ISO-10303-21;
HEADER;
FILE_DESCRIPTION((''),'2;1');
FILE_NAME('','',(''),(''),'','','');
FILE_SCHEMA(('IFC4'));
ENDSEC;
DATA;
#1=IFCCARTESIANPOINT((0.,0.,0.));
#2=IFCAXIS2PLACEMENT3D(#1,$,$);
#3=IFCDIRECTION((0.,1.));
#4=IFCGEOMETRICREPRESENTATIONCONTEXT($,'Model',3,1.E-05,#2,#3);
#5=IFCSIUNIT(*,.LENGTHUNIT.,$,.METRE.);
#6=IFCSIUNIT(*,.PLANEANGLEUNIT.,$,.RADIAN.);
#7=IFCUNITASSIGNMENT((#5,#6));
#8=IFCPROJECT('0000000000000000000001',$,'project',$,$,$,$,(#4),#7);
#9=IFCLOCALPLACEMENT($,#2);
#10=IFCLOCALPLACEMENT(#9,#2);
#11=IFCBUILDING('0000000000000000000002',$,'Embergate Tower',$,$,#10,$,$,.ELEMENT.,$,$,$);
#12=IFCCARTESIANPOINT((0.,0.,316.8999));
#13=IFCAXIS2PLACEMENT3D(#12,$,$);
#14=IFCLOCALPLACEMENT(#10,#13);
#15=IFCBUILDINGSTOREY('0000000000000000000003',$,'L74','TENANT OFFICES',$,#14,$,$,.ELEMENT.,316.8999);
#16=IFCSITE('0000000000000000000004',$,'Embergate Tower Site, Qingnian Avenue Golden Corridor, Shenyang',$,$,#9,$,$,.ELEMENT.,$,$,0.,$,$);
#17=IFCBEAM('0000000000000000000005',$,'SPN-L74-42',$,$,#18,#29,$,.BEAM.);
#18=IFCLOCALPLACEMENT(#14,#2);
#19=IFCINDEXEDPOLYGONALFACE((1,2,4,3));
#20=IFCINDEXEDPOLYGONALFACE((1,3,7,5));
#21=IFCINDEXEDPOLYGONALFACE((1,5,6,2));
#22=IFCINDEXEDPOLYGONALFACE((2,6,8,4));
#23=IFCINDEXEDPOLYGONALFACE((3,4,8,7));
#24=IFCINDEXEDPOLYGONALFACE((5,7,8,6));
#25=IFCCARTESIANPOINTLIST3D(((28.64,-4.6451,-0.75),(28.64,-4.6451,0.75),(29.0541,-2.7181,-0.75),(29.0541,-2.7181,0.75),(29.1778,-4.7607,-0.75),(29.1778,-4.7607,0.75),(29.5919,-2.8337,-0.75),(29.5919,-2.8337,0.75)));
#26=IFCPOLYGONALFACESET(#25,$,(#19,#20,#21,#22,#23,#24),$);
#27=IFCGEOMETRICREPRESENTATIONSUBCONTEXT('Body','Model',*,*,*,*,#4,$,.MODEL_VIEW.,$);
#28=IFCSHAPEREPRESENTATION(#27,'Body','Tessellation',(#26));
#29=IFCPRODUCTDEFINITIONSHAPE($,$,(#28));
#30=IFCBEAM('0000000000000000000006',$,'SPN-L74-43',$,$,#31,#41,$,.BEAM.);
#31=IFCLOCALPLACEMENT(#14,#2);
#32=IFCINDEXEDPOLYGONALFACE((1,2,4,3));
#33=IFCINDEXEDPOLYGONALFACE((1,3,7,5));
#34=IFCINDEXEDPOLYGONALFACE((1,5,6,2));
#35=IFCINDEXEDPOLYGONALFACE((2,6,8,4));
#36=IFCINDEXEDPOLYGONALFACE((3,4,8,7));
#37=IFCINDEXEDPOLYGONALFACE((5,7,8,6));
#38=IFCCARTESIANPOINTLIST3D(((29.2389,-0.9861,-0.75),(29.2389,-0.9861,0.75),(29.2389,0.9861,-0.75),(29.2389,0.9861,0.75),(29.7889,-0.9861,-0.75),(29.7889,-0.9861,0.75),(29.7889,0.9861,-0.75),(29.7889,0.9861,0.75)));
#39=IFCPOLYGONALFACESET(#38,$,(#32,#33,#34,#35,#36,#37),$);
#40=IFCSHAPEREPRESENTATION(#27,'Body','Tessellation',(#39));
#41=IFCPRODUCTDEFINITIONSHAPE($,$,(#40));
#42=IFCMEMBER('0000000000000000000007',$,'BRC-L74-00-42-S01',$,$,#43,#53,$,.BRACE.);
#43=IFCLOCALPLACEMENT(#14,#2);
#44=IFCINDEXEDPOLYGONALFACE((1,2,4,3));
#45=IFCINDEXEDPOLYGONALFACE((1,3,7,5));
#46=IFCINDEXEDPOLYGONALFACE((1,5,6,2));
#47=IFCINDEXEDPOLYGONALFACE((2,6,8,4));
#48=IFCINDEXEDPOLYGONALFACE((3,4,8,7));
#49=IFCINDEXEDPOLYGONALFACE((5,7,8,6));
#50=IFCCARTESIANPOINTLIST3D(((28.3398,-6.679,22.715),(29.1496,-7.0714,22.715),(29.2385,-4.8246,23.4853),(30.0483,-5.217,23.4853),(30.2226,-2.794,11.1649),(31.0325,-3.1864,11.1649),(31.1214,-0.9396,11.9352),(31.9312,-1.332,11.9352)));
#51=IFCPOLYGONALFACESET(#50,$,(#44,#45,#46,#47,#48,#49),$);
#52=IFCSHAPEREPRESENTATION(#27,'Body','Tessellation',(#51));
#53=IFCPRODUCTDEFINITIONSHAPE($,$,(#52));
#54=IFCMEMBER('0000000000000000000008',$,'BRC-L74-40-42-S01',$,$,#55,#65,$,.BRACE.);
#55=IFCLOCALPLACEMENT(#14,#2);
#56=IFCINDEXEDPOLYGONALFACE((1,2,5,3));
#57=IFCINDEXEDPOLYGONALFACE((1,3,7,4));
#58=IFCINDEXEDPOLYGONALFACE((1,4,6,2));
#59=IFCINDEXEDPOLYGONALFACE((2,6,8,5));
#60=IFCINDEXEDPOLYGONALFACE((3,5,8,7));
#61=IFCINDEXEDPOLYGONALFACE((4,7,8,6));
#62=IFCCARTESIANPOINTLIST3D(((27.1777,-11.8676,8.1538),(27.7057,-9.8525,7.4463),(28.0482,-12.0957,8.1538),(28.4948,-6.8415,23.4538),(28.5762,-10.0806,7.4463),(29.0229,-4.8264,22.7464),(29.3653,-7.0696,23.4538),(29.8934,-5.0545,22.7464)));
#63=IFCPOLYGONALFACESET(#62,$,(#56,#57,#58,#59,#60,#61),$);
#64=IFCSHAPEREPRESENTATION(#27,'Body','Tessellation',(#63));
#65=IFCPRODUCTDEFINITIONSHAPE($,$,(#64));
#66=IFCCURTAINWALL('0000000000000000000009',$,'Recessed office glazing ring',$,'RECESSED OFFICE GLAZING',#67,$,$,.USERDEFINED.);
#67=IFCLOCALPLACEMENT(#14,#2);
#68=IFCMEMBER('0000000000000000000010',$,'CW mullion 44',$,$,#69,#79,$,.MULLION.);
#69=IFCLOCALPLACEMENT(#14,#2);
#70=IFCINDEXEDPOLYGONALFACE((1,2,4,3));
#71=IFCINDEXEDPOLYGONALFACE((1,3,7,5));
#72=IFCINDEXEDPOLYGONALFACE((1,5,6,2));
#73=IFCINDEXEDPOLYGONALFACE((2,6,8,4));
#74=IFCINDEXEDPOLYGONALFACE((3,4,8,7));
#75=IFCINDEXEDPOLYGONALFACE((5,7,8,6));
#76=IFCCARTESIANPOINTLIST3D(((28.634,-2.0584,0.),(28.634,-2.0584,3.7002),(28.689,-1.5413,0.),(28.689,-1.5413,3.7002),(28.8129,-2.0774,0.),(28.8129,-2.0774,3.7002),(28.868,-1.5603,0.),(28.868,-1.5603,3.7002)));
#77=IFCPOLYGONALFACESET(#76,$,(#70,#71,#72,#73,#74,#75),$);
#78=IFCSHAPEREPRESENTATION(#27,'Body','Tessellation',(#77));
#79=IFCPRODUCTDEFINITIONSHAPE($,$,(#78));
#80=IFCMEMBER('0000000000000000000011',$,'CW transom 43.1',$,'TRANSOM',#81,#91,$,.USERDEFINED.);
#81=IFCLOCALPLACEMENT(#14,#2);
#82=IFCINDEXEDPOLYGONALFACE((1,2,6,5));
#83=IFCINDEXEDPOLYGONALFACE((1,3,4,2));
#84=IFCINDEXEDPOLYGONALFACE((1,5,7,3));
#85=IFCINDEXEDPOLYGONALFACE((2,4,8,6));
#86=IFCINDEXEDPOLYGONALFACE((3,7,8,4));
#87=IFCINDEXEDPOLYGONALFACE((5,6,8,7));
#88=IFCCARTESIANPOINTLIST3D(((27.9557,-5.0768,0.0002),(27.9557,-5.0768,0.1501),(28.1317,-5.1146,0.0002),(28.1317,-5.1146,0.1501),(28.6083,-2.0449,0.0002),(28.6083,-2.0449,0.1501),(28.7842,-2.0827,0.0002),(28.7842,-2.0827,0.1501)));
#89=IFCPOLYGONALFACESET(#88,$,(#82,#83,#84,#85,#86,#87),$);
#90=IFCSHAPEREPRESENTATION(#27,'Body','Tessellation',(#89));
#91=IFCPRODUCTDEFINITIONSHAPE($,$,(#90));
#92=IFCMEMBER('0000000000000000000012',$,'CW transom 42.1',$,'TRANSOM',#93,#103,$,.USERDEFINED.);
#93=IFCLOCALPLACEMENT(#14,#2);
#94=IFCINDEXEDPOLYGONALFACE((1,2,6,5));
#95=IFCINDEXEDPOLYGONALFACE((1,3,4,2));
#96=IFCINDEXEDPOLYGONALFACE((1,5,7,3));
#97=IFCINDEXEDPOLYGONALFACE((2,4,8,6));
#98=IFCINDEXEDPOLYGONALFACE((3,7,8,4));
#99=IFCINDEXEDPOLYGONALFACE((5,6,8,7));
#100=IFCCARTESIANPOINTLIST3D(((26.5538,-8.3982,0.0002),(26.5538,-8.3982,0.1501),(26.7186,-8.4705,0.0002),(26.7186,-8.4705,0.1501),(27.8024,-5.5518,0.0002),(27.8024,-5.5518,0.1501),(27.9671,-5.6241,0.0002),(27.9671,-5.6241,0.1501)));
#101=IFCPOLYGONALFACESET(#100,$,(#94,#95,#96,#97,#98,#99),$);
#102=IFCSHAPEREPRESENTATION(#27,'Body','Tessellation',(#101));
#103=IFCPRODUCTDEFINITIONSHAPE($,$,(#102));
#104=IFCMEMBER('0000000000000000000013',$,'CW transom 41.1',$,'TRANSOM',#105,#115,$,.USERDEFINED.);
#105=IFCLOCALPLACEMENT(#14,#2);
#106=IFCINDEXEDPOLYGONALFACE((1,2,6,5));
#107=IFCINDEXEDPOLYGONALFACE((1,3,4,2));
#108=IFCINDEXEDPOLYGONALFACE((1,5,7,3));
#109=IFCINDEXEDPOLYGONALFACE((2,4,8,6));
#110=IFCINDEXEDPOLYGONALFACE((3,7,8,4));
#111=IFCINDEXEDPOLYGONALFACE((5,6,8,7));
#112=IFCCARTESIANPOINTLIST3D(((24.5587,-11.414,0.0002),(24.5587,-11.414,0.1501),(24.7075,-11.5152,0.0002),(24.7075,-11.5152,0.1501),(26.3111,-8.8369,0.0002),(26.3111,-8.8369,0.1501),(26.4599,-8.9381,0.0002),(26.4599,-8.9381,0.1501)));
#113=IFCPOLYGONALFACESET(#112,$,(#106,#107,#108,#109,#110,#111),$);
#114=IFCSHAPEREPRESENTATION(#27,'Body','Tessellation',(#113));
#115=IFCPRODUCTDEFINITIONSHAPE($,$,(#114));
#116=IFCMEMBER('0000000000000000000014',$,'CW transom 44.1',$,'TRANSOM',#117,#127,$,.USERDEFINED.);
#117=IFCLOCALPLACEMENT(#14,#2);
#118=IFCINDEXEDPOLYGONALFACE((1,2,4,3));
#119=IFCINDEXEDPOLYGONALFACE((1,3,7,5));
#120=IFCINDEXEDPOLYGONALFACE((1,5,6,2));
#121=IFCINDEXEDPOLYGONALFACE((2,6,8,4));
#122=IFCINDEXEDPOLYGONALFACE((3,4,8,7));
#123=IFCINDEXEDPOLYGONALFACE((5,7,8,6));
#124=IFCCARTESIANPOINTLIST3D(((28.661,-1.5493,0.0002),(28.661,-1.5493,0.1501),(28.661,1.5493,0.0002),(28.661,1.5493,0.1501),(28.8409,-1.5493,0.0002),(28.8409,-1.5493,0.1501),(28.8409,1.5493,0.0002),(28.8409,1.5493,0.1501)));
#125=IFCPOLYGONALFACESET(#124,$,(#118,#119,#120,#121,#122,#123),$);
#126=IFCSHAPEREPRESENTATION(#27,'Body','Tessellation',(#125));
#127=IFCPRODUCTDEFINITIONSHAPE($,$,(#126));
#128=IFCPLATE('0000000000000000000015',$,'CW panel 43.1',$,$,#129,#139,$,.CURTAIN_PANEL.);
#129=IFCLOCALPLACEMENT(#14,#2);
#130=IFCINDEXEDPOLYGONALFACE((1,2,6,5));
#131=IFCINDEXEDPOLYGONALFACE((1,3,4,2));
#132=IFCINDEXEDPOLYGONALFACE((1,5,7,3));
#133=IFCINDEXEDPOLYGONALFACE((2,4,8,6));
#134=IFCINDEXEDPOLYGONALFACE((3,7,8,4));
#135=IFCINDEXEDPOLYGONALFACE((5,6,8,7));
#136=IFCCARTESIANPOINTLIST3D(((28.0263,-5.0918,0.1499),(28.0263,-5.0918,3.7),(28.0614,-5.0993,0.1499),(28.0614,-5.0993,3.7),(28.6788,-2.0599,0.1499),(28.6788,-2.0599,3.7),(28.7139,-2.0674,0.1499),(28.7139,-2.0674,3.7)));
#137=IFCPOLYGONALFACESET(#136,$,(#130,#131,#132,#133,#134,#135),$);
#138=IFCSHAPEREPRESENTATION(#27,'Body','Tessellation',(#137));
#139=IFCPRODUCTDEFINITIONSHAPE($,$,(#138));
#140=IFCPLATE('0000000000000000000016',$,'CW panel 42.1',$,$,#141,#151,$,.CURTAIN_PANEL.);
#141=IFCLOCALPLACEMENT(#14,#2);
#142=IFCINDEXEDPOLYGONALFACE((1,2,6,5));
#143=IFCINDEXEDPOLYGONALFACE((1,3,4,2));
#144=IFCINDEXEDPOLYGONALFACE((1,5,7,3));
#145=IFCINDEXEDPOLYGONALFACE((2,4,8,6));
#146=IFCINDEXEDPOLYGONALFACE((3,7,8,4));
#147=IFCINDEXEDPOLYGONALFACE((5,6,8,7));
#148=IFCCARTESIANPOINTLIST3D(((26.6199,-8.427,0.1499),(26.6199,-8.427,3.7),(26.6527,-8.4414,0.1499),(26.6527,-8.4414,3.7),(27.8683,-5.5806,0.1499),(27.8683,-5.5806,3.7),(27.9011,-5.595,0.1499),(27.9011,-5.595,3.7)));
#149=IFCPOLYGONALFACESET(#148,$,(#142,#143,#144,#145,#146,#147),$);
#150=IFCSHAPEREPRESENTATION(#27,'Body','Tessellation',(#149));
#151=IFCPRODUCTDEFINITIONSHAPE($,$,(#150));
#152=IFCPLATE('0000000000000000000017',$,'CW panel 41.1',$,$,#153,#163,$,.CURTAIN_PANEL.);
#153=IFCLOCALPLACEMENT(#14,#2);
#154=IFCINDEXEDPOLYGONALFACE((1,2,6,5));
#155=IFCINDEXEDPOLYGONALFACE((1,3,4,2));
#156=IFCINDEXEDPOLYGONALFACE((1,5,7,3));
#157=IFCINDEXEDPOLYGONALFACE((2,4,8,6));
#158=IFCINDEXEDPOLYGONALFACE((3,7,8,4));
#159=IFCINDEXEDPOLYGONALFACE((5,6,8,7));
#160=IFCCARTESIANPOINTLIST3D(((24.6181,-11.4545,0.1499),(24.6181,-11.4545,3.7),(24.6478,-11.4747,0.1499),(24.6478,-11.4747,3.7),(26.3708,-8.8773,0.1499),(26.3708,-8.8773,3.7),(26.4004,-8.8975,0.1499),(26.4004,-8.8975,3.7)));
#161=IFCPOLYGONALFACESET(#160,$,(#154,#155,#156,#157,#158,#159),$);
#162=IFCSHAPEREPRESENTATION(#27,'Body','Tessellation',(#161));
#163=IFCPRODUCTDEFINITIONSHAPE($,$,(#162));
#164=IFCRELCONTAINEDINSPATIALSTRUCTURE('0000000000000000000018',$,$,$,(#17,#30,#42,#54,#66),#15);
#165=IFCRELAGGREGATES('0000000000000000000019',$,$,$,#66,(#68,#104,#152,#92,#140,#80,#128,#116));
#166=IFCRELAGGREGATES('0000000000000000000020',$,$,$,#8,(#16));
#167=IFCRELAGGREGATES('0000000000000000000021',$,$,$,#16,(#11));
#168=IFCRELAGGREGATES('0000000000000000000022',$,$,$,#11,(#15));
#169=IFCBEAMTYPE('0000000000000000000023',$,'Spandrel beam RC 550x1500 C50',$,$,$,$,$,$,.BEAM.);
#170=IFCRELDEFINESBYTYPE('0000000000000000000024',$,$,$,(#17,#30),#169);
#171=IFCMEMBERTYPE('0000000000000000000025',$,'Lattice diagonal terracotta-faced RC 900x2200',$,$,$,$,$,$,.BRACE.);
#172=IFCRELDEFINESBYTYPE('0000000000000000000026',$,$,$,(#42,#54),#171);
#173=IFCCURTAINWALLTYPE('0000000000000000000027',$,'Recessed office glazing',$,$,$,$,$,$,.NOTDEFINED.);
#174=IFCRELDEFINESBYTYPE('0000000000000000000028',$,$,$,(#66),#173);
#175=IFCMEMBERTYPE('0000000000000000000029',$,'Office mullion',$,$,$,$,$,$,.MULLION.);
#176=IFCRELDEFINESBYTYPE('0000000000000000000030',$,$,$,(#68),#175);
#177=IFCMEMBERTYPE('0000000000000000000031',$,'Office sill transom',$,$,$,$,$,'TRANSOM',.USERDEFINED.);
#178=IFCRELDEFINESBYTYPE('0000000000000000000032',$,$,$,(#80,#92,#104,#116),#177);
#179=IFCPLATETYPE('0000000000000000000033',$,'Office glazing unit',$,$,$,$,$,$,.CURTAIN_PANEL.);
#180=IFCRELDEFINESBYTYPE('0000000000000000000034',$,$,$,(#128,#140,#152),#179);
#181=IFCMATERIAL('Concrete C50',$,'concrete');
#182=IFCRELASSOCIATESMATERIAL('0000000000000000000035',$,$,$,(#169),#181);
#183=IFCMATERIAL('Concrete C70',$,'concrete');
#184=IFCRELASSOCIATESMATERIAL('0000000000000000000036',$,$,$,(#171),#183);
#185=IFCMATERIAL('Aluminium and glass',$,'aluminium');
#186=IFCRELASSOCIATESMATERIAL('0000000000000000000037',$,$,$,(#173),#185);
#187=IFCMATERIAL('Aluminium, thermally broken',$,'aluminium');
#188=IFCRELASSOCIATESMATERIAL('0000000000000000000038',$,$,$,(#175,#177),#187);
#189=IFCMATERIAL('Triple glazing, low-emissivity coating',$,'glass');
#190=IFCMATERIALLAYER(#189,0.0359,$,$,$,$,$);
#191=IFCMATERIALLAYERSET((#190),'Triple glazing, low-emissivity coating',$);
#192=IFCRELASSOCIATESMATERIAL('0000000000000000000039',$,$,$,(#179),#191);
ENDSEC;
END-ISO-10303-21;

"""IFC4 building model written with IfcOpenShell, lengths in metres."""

from ifc_helpers import new_model, si_unit, direction, frame, origin, origin_2d, place, context, subcontext, project, spatial, rectangle, extrude, source, transform, mapped, material, layer, layer_set, material_profile, profile_set, type_object, element, aggregate, save


model = new_model("IFC4")

# Units and contexts
model_context = context("Model", 3, precision=1e-05, world=origin(), true_north=direction((0.0, 1.0)))
body_context = subcontext(model_context, "Body", "Model", "MODEL_VIEW")
ifc_project = project(units=[si_unit("LENGTHUNIT", "METRE"), si_unit("PLANEANGLEUNIT", "RADIAN")], contexts=[model_context])

# Site, building, storey
site_placement = place(None, origin())
site = spatial("IfcSite", under=ifc_project, at=site_placement, Name="Embergate Tower Site, Qingnian Avenue Golden Corridor, Shenyang", CompositionType="ELEMENT", RefElevation=0.0)
building_placement = place(site_placement, origin())
building = spatial("IfcBuilding", under=site, at=building_placement, Name="Embergate Tower", CompositionType="ELEMENT")
storey_placement = place(building_placement, frame((0.0, 0.0, 316.8999)))
storey = spatial("IfcBuildingStorey", under=building, at=storey_placement, Name="L74", Description="TENANT OFFICES", CompositionType="ELEMENT", Elevation=316.8999)

# Beams
ifc_material_1 = material(Name="Concrete C50", Category="concrete")
ifc_material_profile_1 = material_profile(ifc_material_1, rectangle(XDim=0.55, YDim=1.5, at=origin_2d()), Name="RC 550x1500")
ifc_profile_set_1 = profile_set([ifc_material_profile_1], Name="Concrete C50")
beam_type = type_object("IfcBeamType", Name="Spandrel beam RC 550x1500 C50", PredefinedType="BEAM", material=ifc_profile_set_1)
shared_shape_1 = source(origin(), body_context, "Body", "SweptSolid", [
    extrude(rectangle(XDim=0.55, YDim=1.5, at=origin_2d()), origin(), (0.0, 0.0, 1.0), 1.9709),
])
beam_1_placement = place(storey_placement, frame((28.9089, -4.7029, 0.0), z_axis=(0.210079, 0.977684, 0.0), x_axis=(-0.977684, 0.210079, 0.0)))
element("IfcBeam", 1, at=beam_1_placement, inside=storey, type_object=beam_type, Name="SPN-L74-42", PredefinedType="BEAM", context=body_context, shape_type="MappedRepresentation", body=[
    mapped(shared_shape_1, transform((0.0, 0.0, 0.0))),
])
shared_shape_2 = source(origin(), body_context, "Body", "SweptSolid", [
    extrude(rectangle(XDim=0.55, YDim=1.5, at=origin_2d()), origin(), (0.0, 0.0, 1.0), 1.9722),
])
beam_2_placement = place(storey_placement, frame((29.5139, -0.9861, 0.0), z_axis=(0.0, 1.0, 0.0), x_axis=(-1.0, 0.0, 0.0)))
element("IfcBeam", 2, at=beam_2_placement, inside=storey, type_object=beam_type, Name="SPN-L74-43", PredefinedType="BEAM", context=body_context, shape_type="MappedRepresentation", body=[
    mapped(shared_shape_2, transform((0.0, 0.0, 0.0))),
])

# Members
ifc_material_2 = material(Name="Concrete C70", Category="concrete")
ifc_material_profile_2 = material_profile(ifc_material_2, rectangle(XDim=0.8999, YDim=2.2, at=origin_2d()), Name="RC 900x2200")
ifc_profile_set_2 = profile_set([ifc_material_profile_2], Name="Concrete C70")
member_type_1 = type_object("IfcMemberType", Name="Lattice diagonal terracotta-faced RC 900x2200", PredefinedType="BRACE", material=ifc_profile_set_2)
shared_shape_3 = source(origin(), body_context, "Body", "SweptSolid", [
    extrude(rectangle(XDim=0.8999, YDim=2.2, at=origin_2d()), origin(), (0.0, 0.0, 1.0), 12.3306),
])
member_1_placement = place(storey_placement, frame((31.0769, -2.063, 11.55), z_axis=(-0.152695, -0.315072, 0.936704), x_axis=(0.899889, -0.436118, 0.0)))
element("IfcMember", 3, at=member_1_placement, inside=storey, type_object=member_type_1, Name="BRC-L74-00-42-S01", PredefinedType="BRACE", context=body_context, shape_type="MappedRepresentation", body=[
    mapped(shared_shape_3, transform((0.0, 0.0, 0.0))),
])
shared_shape_4 = source(origin(), body_context, "Body", "SweptSolid", [
    extrude(rectangle(XDim=0.8999, YDim=2.2, at=origin_2d()), origin(), (0.0, 0.0, 1.0), 16.1582),
])
member_2_placement = place(storey_placement, frame((27.877, -10.9741, 7.8), z_axis=(0.081515, 0.311057, 0.946889), x_axis=(-0.967336, 0.253499, 0.0)))
element("IfcMember", 4, at=member_2_placement, inside=storey, type_object=member_type_1, Name="BRC-L74-40-42-S01", PredefinedType="BRACE", context=body_context, shape_type="MappedRepresentation", body=[
    mapped(shared_shape_4, transform((0.0, 0.0, 0.0))),
])

# Curtain wall, members, plates
ifc_material_3 = material(Name="Aluminium and glass", Category="aluminium")
curtain_wall_type = type_object("IfcCurtainWallType", Name="Recessed office glazing", PredefinedType="NOTDEFINED", material=ifc_material_3)
curtain_wall_placement = place(storey_placement, origin())
curtain_wall = element("IfcCurtainWall", 5, at=curtain_wall_placement, inside=storey, type_object=curtain_wall_type, Name="Recessed office glazing ring", ObjectType="RECESSED OFFICE GLAZING", PredefinedType="USERDEFINED")
ifc_material_4 = material(Name="Aluminium, thermally broken", Category="aluminium")
ifc_material_profile_3 = material_profile(ifc_material_4, rectangle(XDim=0.1799, YDim=0.52, at=origin_2d()), Name="AL 520x180")
ifc_profile_set_3 = profile_set([ifc_material_profile_3], Name="Aluminium, thermally broken")
member_type_2 = type_object("IfcMemberType", Name="Office mullion", PredefinedType="MULLION", material=ifc_profile_set_3)
shared_shape_5 = source(origin(), body_context, "Body", "SweptSolid", [
    extrude(rectangle(XDim=0.1799, YDim=0.52, at=origin_2d()), origin(), (0.0, 0.0, 1.0), 3.7002),
])
member_3_placement = place(storey_placement, frame((28.751, -1.8093, 0.0), z_axis=(0.0, 0.0, 1.0), x_axis=(-0.994384, 0.105832, 0.0)))
member_3 = element("IfcMember", 6, at=member_3_placement, type_object=member_type_2, Name="CW mullion 44", PredefinedType="MULLION", context=body_context, shape_type="MappedRepresentation", body=[
    mapped(shared_shape_5, transform((0.0, 0.0, 0.0))),
])
ifc_material_profile_4 = material_profile(ifc_material_4, rectangle(XDim=0.1799, YDim=0.1499, at=origin_2d()), Name="AL 150x180")
ifc_profile_set_4 = profile_set([ifc_material_profile_4], Name="Aluminium, thermally broken")
member_type_3 = type_object("IfcMemberType", Name="Office sill transom", ElementType="TRANSOM", PredefinedType="USERDEFINED", material=ifc_profile_set_4)
shared_shape_6 = source(origin(), body_context, "Body", "SweptSolid", [
    extrude(rectangle(XDim=0.1799, YDim=0.1499, at=origin_2d()), origin(), (0.0, 0.0, 1.0), 3.1013),
])
member_4_placement = place(storey_placement, frame((28.0437, -5.0957, 0.0752), z_axis=(0.210416, 0.977612, 0.0), x_axis=(-0.977612, 0.210416, 0.0)))
member_4 = element("IfcMember", 7, at=member_4_placement, type_object=member_type_3, Name="CW transom 43.1", ObjectType="TRANSOM", PredefinedType="USERDEFINED", context=body_context, shape_type="MappedRepresentation", body=[
    mapped(shared_shape_6, transform((0.0, 0.0, 0.0))),
])
shared_shape_7 = source(origin(), body_context, "Body", "SweptSolid", [
    extrude(rectangle(XDim=0.1799, YDim=0.1499, at=origin_2d()), origin(), (0.0, 0.0, 1.0), 3.1082),
])
member_5_placement = place(storey_placement, frame((26.6362, -8.4343, 0.0752), z_axis=(0.401688, 0.915777, 0.0), x_axis=(-0.915777, 0.401688, 0.0)))
member_5 = element("IfcMember", 8, at=member_5_placement, type_object=member_type_3, Name="CW transom 42.1", ObjectType="TRANSOM", PredefinedType="USERDEFINED", context=body_context, shape_type="MappedRepresentation", body=[
    mapped(shared_shape_7, transform((0.0, 0.0, 0.0))),
])
shared_shape_8 = source(origin(), body_context, "Body", "SweptSolid", [
    extrude(rectangle(XDim=0.1799, YDim=0.1499, at=origin_2d()), origin(), (0.0, 0.0, 1.0), 3.1165),
])
member_6_placement = place(storey_placement, frame((24.6331, -11.4646, 0.0752), z_axis=(0.562306, 0.826929, 0.0), x_axis=(-0.826929, 0.562306, 0.0)))
member_6 = element("IfcMember", 9, at=member_6_placement, type_object=member_type_3, Name="CW transom 41.1", ObjectType="TRANSOM", PredefinedType="USERDEFINED", context=body_context, shape_type="MappedRepresentation", body=[
    mapped(shared_shape_8, transform((0.0, 0.0, 0.0))),
])
shared_shape_9 = source(origin(), body_context, "Body", "SweptSolid", [
    extrude(rectangle(XDim=0.1799, YDim=0.1499, at=origin_2d()), origin(), (0.0, 0.0, 1.0), 3.0986),
])
member_7_placement = place(storey_placement, frame((28.751, -1.5493, 0.0752), z_axis=(0.0, 1.0, 0.0), x_axis=(-1.0, 0.0, 0.0)))
member_7 = element("IfcMember", 10, at=member_7_placement, type_object=member_type_3, Name="CW transom 44.1", ObjectType="TRANSOM", PredefinedType="USERDEFINED", context=body_context, shape_type="MappedRepresentation", body=[
    mapped(shared_shape_9, transform((0.0, 0.0, 0.0))),
])
ifc_material_5 = material(Name="Triple glazing, low-emissivity coating", Category="glass")
ifc_layer_1 = layer(ifc_material_5, 0.0359)
ifc_layer_set_1 = layer_set([ifc_layer_1], Name="Triple glazing, low-emissivity coating")
plate_type = type_object("IfcPlateType", Name="Office glazing unit", PredefinedType="CURTAIN_PANEL", material=ifc_layer_set_1)
shared_shape_10 = source(origin(), body_context, "Body", "SweptSolid", [
    extrude(rectangle(XDim=3.1013, YDim=0.0359, at=origin_2d()), origin(), (0.0, 0.0, 1.0), 3.55),
])
plate_1_placement = place(storey_placement, frame((28.3701, -3.5796, 0.1499), z_axis=(0.0, 0.0, 1.0), x_axis=(0.2104, 0.977615, 0.0)))
plate_1 = element("IfcPlate", 11, at=plate_1_placement, type_object=plate_type, Name="CW panel 43.1", PredefinedType="CURTAIN_PANEL", context=body_context, shape_type="MappedRepresentation", body=[
    mapped(shared_shape_10, transform((0.0, 0.0, 0.0))),
])
shared_shape_11 = source(origin(), body_context, "Body", "SweptSolid", [
    extrude(rectangle(XDim=3.1082, YDim=0.0359, at=origin_2d()), origin(), (0.0, 0.0, 1.0), 3.55),
])
plate_2_placement = place(storey_placement, frame((27.2605, -7.011, 0.1499), z_axis=(0.0, 0.0, 1.0), x_axis=(0.401654, 0.915792, 0.0)))
plate_2 = element("IfcPlate", 12, at=plate_2_placement, type_object=plate_type, Name="CW panel 42.1", PredefinedType="CURTAIN_PANEL", context=body_context, shape_type="MappedRepresentation", body=[
    mapped(shared_shape_11, transform((0.0, 0.0, 0.0))),
])
shared_shape_12 = source(origin(), body_context, "Body", "SweptSolid", [
    extrude(rectangle(XDim=3.1167, YDim=0.0359, at=origin_2d()), origin(), (0.0, 0.0, 1.0), 3.55),
])
plate_3_placement = place(storey_placement, frame((25.5093, -10.176, 0.1499), z_axis=(0.0, 0.0, 1.0), x_axis=(0.562343, 0.826904, 0.0)))
plate_3 = element("IfcPlate", 13, at=plate_3_placement, type_object=plate_type, Name="CW panel 41.1", PredefinedType="CURTAIN_PANEL", context=body_context, shape_type="MappedRepresentation", body=[
    mapped(shared_shape_12, transform((0.0, 0.0, 0.0))),
])
aggregate(curtain_wall, [member_3, member_6, plate_3, member_5, plate_2, member_4, plate_1, member_7])

save(model, "model.ifc")
